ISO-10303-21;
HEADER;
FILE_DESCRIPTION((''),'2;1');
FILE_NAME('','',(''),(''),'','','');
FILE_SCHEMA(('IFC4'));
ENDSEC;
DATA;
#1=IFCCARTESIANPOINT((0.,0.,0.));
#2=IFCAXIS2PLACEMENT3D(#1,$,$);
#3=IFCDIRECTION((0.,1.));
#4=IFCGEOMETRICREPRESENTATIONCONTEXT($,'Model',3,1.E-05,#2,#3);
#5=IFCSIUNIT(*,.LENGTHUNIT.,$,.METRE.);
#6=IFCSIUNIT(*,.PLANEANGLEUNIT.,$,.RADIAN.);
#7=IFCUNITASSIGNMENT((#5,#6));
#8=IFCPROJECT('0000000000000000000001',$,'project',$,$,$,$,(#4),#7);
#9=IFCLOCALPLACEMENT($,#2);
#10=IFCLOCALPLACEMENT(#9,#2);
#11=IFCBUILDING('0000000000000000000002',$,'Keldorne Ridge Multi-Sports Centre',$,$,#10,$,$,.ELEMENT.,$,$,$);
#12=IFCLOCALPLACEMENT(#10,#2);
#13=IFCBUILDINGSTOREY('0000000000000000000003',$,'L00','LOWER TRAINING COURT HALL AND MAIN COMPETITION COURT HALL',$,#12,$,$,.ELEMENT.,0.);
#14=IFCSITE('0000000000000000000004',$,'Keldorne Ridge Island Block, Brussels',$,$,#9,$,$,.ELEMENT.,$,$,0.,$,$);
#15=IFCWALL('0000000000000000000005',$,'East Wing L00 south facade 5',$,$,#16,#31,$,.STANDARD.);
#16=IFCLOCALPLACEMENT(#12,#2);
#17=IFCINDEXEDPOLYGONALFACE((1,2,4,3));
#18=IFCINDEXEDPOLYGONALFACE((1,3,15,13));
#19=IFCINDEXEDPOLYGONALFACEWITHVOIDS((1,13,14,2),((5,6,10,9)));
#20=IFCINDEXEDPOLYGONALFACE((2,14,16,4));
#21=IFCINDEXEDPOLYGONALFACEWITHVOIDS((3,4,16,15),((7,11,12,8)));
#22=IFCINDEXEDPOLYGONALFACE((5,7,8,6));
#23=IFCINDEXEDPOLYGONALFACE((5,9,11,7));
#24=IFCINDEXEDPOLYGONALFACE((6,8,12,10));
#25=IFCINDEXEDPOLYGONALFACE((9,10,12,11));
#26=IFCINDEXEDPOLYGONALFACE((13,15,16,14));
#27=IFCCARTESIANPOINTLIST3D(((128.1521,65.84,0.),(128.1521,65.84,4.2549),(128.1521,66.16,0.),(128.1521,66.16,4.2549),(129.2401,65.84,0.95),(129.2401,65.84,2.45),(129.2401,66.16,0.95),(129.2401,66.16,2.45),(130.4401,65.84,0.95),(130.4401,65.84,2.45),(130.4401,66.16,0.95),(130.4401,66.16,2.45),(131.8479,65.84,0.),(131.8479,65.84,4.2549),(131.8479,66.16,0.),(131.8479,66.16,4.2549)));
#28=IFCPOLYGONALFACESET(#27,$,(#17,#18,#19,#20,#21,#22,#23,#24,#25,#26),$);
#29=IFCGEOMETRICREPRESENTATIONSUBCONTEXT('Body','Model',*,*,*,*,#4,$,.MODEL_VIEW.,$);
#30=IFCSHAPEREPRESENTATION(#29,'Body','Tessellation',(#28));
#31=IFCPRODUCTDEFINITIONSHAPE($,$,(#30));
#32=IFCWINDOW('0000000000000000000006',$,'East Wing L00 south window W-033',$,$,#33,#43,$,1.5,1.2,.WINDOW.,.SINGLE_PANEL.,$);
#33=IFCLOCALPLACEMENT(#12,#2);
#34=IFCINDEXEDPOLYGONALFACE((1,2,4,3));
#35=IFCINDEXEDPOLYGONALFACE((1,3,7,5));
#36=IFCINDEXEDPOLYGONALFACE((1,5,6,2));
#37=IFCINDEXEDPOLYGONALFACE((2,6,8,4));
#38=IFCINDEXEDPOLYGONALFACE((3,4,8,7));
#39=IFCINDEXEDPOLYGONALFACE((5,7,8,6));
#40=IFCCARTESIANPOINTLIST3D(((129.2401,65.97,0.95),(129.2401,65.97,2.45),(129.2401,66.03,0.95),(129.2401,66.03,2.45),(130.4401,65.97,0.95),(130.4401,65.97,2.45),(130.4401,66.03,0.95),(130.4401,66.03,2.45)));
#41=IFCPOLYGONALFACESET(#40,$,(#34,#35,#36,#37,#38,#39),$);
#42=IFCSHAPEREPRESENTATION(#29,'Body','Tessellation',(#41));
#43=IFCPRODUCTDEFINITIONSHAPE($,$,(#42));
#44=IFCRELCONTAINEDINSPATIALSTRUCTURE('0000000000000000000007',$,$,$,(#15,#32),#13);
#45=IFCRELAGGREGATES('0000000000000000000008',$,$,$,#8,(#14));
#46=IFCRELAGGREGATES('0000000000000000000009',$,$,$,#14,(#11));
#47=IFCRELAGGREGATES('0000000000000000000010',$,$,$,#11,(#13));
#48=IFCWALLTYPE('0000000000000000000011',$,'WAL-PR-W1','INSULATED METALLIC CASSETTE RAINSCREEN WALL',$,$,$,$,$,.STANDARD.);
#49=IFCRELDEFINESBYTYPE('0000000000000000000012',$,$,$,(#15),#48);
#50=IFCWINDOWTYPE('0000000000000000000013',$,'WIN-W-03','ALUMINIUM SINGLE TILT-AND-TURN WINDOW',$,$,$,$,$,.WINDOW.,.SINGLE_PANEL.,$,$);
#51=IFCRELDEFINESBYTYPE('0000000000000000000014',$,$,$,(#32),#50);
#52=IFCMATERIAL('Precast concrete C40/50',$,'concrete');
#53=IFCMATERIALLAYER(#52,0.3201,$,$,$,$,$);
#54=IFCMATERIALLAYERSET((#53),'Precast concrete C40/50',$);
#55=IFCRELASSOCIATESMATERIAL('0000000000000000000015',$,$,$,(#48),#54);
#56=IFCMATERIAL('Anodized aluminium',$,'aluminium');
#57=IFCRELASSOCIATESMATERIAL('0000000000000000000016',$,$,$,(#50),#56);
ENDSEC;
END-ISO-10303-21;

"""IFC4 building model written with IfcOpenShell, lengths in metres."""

from ifc_helpers import new_model, si_unit, direction, frame, frame_2d, origin, place, context, subcontext, project, spatial, rectangle, extrude, material, layer, layer_set, type_object, element, fill, save


model = new_model("IFC4")

# Units and contexts
model_context = context("Model", 3, precision=1e-05, world=origin(), true_north=direction((0.0, 1.0)))
body_context = subcontext(model_context, "Body", "Model", "MODEL_VIEW")
ifc_project = project(units=[si_unit("LENGTHUNIT", "METRE"), si_unit("PLANEANGLEUNIT", "RADIAN")], contexts=[model_context])

# Site, building, storey
site_placement = place(None, origin())
site = spatial("IfcSite", under=ifc_project, at=site_placement, Name="Keldorne Ridge Island Block, Brussels", CompositionType="ELEMENT", RefElevation=0.0)
building_placement = place(site_placement, origin())
building = spatial("IfcBuilding", under=site, at=building_placement, Name="Keldorne Ridge Multi-Sports Centre", CompositionType="ELEMENT")
storey_placement = place(building_placement, origin())
storey = spatial("IfcBuildingStorey", under=building, at=storey_placement, Name="L00", Description="LOWER TRAINING COURT HALL AND MAIN COMPETITION COURT HALL", CompositionType="ELEMENT", Elevation=0.0)

# Wall, opening, window
ifc_material_1 = material(Name="Precast concrete C40/50", Category="concrete")
ifc_layer = layer(ifc_material_1, 0.3201)
ifc_layer_set = layer_set([ifc_layer], Name="Precast concrete C40/50")
wall_type = type_object("IfcWallType", Name="WAL-PR-W1", Description="INSULATED METALLIC CASSETTE RAINSCREEN WALL", PredefinedType="STANDARD", material=ifc_layer_set)
ifc_material_2 = material(Name="Anodized aluminium", Category="aluminium")
window_type = type_object("IfcWindowType", Name="WIN-W-03", Description="ALUMINIUM SINGLE TILT-AND-TURN WINDOW", PartitioningType="SINGLE_PANEL", PredefinedType="WINDOW", material=ifc_material_2)
wall_1_placement = place(storey_placement, frame((128.1521, 66.0, 0.0), z_axis=(0.0, 0.0, 1.0), x_axis=(1.0, 0.0, 0.0)))
wall_1 = element("IfcWall", 1, at=wall_1_placement, inside=storey, type_object=wall_type, Name="East Wing L00 south facade 5", PredefinedType="STANDARD", context=body_context, shape_type="SweptSolid", body=[
    extrude(rectangle(XDim=3.6958, YDim=0.3201, at=frame_2d((1.8479, 0.0))), origin(), (0.0, 0.0, 1.0), 4.2549),
])
opening_1_placement = place(wall_1_placement, frame((1.0879, 0.0, 0.95)))
opening_1 = element("IfcOpeningElement", 2, at=opening_1_placement, cuts=wall_1, PredefinedType="OPENING", context=body_context, shape_type="SweptSolid", body=[
    extrude(rectangle(XDim=1.2, YDim=1.5, at=frame_2d((0.6001, 0.75))), frame((0.0, 0.1699, 0.0), z_axis=(0.0, -1.0, 0.0), x_axis=(1.0, 0.0, 0.0)), (0.0, 0.0, 1.0), 0.3401),
])
window_1_placement = place(opening_1_placement, origin())
window_1 = element("IfcWindow", 3, at=window_1_placement, inside=storey, type_object=window_type, Name="East Wing L00 south window W-033", OverallHeight=1.5, OverallWidth=1.2, PartitioningType="SINGLE_PANEL", PredefinedType="WINDOW", context=body_context, shape_type="SweptSolid", body=[
    extrude(rectangle(XDim=1.2, YDim=1.5, at=frame_2d((0.6001, 0.75))), frame((0.0, 0.03, 0.0), z_axis=(0.0, -1.0, 0.0), x_axis=(1.0, 0.0, 0.0)), (0.0, 0.0, 1.0), 0.0601),
])
fill(opening_1, window_1)

save(model, "model.ifc")
